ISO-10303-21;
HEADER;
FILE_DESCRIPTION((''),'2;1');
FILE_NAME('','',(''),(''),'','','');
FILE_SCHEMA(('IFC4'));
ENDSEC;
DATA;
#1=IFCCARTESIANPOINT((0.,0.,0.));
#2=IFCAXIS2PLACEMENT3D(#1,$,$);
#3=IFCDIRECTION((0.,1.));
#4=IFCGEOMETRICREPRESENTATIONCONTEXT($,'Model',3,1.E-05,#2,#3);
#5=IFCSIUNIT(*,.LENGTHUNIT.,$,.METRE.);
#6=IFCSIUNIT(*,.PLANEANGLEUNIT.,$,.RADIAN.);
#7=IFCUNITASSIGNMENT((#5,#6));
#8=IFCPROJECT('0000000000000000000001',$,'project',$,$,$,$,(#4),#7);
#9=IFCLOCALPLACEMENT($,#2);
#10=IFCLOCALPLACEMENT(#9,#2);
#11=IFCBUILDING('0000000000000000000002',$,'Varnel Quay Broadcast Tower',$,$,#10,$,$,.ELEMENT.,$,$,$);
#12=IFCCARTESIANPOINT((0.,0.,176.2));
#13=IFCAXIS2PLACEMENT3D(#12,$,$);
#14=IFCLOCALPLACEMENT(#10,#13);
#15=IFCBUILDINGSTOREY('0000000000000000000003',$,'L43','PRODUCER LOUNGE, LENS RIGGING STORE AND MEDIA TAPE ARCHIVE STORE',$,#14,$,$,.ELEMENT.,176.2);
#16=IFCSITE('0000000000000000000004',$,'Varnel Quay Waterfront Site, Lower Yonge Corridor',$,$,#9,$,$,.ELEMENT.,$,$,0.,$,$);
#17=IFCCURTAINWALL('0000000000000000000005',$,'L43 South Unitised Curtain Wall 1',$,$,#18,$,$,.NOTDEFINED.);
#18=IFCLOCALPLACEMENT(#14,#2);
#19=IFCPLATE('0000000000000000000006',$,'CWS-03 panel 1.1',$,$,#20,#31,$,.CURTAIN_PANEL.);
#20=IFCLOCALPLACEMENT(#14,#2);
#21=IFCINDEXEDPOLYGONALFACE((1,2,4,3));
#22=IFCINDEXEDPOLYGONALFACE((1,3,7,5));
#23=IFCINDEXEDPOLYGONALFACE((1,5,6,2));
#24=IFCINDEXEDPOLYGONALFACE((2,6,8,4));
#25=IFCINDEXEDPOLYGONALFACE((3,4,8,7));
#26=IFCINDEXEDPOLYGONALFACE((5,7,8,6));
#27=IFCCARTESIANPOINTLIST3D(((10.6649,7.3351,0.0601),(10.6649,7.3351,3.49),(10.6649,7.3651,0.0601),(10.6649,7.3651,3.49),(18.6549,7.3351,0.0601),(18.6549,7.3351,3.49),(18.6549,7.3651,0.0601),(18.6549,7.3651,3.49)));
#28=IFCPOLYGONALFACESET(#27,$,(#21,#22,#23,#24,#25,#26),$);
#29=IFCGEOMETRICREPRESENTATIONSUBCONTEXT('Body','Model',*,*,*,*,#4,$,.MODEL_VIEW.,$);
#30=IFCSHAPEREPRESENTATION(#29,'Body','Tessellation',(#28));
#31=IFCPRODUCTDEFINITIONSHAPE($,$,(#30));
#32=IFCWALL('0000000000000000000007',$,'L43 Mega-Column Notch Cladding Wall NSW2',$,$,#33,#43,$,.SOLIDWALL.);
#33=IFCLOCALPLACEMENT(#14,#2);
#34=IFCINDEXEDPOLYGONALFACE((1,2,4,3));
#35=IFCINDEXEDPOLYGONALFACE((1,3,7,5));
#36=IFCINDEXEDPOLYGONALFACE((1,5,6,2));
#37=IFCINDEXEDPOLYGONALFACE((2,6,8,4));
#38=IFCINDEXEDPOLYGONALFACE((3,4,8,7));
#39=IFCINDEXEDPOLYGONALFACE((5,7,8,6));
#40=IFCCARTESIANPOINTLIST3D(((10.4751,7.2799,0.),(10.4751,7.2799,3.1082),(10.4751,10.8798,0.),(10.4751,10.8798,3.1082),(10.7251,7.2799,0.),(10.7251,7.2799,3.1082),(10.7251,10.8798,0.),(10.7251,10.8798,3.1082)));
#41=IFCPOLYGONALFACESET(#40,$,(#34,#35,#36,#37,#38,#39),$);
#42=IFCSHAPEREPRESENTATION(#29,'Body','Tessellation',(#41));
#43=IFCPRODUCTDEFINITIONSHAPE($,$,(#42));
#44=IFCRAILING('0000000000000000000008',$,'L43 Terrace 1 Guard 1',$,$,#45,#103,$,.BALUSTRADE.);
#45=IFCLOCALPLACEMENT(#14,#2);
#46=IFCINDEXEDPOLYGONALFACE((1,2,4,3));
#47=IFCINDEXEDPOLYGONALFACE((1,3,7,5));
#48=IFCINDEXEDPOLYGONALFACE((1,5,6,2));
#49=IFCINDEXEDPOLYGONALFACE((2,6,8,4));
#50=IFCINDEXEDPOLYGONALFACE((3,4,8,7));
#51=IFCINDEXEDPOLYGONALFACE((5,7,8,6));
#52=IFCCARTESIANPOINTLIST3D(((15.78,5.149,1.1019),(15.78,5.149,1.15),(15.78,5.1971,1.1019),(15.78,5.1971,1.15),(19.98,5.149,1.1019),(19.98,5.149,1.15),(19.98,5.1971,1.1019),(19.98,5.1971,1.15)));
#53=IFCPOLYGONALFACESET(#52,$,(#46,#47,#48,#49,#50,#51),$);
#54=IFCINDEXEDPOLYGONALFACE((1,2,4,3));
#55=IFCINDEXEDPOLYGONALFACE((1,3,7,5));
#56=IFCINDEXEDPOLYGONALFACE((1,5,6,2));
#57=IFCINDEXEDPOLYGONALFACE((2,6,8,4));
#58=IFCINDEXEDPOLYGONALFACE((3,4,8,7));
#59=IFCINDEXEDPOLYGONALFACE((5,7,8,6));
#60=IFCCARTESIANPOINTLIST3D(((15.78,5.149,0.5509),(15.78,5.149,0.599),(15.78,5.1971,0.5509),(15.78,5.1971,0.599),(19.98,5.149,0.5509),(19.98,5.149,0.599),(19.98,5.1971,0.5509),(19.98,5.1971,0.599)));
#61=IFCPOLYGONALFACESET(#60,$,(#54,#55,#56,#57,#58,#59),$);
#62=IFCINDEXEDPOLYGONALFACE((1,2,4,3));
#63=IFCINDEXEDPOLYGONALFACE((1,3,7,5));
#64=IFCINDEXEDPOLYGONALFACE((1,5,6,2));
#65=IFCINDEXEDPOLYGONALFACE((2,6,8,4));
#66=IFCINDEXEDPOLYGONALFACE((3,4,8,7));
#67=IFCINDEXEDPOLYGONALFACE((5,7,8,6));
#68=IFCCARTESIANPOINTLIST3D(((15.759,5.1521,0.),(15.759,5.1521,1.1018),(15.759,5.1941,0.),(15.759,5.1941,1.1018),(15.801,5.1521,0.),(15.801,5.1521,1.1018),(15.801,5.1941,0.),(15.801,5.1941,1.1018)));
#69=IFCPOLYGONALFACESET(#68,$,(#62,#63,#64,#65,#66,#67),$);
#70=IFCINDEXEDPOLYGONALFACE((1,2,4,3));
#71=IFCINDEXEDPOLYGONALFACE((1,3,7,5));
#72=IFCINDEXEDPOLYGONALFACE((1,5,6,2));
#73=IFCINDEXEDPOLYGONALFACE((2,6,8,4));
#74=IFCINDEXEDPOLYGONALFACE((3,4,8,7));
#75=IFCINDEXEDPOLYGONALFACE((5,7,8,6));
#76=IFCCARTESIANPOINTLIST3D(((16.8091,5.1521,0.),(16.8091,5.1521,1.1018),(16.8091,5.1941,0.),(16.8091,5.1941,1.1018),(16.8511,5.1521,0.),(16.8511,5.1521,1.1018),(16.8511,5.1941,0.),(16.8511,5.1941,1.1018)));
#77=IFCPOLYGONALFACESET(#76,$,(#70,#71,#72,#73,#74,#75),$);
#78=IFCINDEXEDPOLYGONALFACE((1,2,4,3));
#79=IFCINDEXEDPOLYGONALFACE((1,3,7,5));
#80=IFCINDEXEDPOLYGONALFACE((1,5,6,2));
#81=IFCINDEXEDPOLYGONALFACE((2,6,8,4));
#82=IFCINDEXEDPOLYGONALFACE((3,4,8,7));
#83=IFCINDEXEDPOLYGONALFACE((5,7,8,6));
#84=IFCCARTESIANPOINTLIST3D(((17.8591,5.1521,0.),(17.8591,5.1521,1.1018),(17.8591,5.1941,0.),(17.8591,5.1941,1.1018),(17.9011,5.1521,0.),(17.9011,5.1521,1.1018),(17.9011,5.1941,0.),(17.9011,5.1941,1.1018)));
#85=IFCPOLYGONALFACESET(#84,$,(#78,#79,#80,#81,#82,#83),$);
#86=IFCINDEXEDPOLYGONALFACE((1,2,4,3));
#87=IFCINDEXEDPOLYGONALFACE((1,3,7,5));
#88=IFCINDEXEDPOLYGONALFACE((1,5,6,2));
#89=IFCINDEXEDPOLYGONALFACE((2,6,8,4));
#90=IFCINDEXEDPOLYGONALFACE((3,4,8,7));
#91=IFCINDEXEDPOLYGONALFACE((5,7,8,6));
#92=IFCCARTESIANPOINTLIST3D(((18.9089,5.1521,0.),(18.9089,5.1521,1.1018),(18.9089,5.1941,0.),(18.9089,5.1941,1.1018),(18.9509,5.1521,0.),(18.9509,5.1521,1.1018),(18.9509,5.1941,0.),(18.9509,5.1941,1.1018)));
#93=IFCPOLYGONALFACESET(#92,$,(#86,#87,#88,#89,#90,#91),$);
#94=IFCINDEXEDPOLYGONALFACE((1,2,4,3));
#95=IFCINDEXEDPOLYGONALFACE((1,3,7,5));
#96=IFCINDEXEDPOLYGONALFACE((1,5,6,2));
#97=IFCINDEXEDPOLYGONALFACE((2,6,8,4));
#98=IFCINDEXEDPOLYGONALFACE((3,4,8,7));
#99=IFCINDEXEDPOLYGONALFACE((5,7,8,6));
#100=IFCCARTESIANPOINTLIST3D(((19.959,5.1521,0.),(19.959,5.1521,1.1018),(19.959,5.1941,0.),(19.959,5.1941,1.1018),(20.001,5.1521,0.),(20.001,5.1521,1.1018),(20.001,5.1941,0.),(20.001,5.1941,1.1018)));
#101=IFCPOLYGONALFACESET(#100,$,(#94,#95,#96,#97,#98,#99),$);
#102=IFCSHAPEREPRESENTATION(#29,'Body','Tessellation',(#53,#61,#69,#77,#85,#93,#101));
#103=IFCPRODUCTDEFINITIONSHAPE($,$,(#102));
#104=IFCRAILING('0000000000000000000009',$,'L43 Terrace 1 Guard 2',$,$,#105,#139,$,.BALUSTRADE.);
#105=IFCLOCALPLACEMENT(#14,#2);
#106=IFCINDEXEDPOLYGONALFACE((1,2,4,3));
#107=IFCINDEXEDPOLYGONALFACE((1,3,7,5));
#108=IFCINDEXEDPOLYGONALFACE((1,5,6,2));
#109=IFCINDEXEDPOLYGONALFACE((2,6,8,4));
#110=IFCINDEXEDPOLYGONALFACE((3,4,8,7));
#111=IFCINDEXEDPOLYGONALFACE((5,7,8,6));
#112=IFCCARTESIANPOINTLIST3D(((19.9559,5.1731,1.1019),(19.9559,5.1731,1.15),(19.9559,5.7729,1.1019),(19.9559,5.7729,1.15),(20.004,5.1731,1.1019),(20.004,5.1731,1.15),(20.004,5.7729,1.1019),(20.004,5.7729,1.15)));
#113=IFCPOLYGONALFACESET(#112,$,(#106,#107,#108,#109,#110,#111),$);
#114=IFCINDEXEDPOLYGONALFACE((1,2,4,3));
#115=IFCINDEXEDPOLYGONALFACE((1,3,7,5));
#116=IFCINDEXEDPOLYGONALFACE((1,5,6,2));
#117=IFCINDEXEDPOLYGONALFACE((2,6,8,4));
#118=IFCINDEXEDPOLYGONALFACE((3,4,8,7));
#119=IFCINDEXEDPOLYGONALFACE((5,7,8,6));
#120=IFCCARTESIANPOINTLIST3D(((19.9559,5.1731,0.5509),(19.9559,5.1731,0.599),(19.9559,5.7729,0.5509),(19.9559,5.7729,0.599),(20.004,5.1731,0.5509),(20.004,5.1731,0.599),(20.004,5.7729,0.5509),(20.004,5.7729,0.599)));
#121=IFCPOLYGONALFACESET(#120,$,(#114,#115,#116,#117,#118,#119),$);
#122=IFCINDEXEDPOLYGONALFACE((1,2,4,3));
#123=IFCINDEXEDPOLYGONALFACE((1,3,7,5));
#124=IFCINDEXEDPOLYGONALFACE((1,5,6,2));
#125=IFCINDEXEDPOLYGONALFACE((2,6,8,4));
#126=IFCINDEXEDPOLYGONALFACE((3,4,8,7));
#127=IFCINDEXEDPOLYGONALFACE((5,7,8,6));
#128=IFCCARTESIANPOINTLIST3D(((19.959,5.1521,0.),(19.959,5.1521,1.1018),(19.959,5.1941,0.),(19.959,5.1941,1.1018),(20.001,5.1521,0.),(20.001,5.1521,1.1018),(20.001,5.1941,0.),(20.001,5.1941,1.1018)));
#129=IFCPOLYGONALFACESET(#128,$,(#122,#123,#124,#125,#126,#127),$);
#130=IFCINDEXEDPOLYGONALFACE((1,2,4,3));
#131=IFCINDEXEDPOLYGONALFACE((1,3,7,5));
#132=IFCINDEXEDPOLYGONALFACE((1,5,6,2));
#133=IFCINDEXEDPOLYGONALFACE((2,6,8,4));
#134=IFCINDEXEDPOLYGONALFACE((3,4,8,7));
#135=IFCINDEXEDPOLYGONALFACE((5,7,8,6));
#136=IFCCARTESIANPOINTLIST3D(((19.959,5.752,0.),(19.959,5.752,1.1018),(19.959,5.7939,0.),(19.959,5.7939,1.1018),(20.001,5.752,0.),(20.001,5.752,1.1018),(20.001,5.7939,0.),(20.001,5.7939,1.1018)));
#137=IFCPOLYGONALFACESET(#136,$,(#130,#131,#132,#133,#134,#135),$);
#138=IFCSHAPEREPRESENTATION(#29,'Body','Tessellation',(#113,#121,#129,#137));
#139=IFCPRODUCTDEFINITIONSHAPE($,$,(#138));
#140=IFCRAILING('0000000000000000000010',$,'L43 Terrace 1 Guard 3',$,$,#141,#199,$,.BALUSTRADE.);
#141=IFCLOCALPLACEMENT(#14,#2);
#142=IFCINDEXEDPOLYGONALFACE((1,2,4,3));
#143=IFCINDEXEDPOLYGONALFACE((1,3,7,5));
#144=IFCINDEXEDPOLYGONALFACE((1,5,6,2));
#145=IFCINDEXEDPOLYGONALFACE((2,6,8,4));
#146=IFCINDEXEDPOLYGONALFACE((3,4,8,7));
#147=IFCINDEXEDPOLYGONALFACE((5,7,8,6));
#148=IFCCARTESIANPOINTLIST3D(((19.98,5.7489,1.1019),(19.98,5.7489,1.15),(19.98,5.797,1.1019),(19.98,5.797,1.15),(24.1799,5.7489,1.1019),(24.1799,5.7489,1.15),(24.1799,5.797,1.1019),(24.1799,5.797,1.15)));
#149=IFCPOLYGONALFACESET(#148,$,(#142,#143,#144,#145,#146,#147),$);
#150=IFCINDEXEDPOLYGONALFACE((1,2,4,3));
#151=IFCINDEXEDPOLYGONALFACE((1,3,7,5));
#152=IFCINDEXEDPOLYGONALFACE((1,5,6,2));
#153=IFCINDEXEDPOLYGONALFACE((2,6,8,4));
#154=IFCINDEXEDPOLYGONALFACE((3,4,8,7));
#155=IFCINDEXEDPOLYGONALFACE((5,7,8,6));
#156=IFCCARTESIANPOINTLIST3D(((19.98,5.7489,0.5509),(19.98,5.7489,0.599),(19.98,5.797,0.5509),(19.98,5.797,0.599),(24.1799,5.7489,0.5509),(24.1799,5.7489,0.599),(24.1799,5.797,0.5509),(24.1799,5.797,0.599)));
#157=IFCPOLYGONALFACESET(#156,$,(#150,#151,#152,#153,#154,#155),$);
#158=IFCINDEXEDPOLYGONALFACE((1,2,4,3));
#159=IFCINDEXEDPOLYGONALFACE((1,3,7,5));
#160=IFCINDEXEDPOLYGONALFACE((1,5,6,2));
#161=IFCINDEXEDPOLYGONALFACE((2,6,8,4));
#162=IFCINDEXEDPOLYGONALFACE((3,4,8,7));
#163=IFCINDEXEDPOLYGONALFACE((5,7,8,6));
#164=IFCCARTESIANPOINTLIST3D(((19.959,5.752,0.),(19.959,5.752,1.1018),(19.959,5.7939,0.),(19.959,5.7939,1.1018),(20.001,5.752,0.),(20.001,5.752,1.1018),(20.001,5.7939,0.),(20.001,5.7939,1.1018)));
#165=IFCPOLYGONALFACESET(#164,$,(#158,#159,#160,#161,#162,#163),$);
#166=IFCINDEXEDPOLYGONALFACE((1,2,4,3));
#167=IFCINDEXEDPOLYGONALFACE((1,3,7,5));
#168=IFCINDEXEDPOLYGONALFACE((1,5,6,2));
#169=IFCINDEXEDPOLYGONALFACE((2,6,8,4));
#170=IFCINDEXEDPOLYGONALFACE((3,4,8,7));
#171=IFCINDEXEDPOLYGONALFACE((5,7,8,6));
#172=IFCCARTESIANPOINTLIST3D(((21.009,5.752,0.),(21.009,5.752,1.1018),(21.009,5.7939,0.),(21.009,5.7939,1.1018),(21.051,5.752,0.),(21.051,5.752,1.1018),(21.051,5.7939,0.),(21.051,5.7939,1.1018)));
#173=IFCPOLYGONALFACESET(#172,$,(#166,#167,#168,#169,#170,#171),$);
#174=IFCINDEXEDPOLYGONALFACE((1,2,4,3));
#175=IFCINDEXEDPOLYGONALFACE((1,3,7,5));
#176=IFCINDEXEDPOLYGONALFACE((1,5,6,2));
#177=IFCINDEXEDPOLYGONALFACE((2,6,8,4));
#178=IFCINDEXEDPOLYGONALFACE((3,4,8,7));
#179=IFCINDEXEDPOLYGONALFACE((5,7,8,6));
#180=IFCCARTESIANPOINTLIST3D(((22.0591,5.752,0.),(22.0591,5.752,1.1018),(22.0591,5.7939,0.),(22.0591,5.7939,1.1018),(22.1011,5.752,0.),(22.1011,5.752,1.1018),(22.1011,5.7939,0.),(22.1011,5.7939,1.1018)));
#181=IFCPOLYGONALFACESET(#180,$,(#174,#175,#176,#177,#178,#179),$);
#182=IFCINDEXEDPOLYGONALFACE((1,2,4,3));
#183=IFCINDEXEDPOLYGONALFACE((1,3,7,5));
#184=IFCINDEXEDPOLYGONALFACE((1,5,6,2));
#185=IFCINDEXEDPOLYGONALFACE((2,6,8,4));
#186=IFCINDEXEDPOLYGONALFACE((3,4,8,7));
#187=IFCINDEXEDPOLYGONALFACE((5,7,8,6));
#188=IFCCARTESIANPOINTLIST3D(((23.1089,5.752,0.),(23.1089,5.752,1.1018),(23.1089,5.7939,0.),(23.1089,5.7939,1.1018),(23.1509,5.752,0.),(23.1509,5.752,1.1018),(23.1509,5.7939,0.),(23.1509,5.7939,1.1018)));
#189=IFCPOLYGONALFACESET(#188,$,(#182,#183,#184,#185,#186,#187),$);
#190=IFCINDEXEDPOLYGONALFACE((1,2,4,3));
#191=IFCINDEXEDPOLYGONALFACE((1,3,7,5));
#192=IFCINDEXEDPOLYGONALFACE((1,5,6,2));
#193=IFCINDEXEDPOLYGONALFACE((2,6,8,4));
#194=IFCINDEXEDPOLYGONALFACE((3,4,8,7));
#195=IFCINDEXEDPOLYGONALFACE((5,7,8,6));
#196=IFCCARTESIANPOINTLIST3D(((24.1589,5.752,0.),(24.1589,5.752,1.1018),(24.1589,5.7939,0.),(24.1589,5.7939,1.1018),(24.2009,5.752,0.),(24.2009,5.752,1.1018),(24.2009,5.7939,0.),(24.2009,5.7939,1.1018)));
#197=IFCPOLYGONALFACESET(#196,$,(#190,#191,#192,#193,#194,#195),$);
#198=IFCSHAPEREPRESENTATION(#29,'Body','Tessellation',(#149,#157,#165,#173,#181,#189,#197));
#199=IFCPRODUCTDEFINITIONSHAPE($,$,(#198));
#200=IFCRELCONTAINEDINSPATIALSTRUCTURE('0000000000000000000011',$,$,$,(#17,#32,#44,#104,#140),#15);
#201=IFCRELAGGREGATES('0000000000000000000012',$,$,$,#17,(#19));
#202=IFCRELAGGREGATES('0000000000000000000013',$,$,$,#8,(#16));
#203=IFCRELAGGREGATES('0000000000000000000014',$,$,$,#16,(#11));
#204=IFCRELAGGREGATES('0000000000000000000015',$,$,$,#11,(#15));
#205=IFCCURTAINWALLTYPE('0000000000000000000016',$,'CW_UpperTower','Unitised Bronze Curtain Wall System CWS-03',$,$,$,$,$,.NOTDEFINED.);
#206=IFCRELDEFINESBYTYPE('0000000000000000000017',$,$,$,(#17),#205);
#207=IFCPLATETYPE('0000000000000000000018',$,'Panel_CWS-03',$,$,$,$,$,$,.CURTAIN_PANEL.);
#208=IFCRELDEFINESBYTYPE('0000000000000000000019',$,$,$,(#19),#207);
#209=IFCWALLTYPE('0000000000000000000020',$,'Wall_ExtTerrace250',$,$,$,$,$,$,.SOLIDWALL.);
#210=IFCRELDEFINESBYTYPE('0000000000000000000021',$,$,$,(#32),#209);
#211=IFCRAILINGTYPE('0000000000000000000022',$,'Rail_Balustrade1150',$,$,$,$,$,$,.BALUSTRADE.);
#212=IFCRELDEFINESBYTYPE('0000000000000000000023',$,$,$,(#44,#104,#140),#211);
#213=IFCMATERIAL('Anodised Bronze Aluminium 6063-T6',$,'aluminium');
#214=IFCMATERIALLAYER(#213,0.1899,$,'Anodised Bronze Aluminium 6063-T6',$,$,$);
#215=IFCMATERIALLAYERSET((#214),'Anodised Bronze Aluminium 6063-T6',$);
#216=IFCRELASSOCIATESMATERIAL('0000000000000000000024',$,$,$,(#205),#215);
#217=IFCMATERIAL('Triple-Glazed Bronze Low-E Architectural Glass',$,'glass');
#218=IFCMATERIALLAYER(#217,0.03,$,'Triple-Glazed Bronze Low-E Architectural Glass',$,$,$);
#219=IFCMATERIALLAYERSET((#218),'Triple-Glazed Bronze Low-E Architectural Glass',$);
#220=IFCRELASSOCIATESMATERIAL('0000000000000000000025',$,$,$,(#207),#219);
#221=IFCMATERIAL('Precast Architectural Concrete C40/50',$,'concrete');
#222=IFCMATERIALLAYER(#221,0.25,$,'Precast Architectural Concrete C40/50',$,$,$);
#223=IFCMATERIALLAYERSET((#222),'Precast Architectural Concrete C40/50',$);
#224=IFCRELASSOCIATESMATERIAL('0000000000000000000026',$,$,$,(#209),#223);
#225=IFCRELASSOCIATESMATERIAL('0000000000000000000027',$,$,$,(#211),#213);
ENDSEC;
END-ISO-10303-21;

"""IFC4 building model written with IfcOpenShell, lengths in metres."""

from ifc_helpers import new_model, si_unit, direction, frame, frame_2d, origin, origin_2d, place, context, subcontext, project, spatial, rectangle, extrude, source, transform, mapped, material, layer, layer_set, type_object, type_shapes, element, aggregate, save


model = new_model("IFC4")

# Units and contexts
model_context = context("Model", 3, precision=1e-05, world=origin(), true_north=direction((0.0, 1.0)))
body_context = subcontext(model_context, "Body", "Model", "MODEL_VIEW")
ifc_project = project(units=[si_unit("LENGTHUNIT", "METRE"), si_unit("PLANEANGLEUNIT", "RADIAN")], contexts=[model_context])

# Site, building, storey
site_placement = place(None, origin())
site = spatial("IfcSite", under=ifc_project, at=site_placement, Name="Varnel Quay Waterfront Site, Lower Yonge Corridor", CompositionType="ELEMENT", RefElevation=0.0)
building_placement = place(site_placement, origin())
building = spatial("IfcBuilding", under=site, at=building_placement, Name="Varnel Quay Broadcast Tower", CompositionType="ELEMENT")
storey_placement = place(building_placement, frame((0.0, 0.0, 176.2)))
storey = spatial("IfcBuildingStorey", under=building, at=storey_placement, Name="L43", Description="PRODUCER LOUNGE, LENS RIGGING STORE AND MEDIA TAPE ARCHIVE STORE", CompositionType="ELEMENT", Elevation=176.2)

# Shared definitions
ifc_material_1 = material(Name="Anodised Bronze Aluminium 6063-T6", Category="aluminium")

# Curtain wall
ifc_layer_1 = layer(ifc_material_1, 0.1899, Name="Anodised Bronze Aluminium 6063-T6")
ifc_layer_set_1 = layer_set([ifc_layer_1], Name="Anodised Bronze Aluminium 6063-T6")
curtain_wall_type_1 = type_object("IfcCurtainWallType", Name="CW_UpperTower", Description="Unitised Bronze Curtain Wall System CWS-03", PredefinedType="NOTDEFINED", material=ifc_layer_set_1)
curtain_wall_1_placement = place(storey_placement, origin())
curtain_wall_1 = element("IfcCurtainWall", 1, at=curtain_wall_1_placement, inside=storey, type_object=curtain_wall_type_1, Name="L43 South Unitised Curtain Wall 1", PredefinedType="NOTDEFINED")

# Plate
ifc_material_2 = material(Name="Triple-Glazed Bronze Low-E Architectural Glass", Category="glass")
ifc_layer_2 = layer(ifc_material_2, 0.03, Name="Triple-Glazed Bronze Low-E Architectural Glass")
ifc_layer_set_2 = layer_set([ifc_layer_2], Name="Triple-Glazed Bronze Low-E Architectural Glass")
plate_type_1 = type_object("IfcPlateType", Name="Panel_CWS-03", PredefinedType="CURTAIN_PANEL", material=ifc_layer_set_2)
shared_shape_1 = source(origin(), body_context, "Body", "SweptSolid", [
    extrude(rectangle(XDim=7.99, YDim=0.03, at=origin_2d()), origin(), (0.0, 0.0, 1.0), 3.4299),
])
type_shapes(plate_type_1, [shared_shape_1])
plate_1_placement = place(storey_placement, frame((14.6599, 7.3501, 0.0601), z_axis=(0.0, 0.0, 1.0), x_axis=(1.0, 0.0, 0.0)))
plate_1 = element("IfcPlate", 2, at=plate_1_placement, type_object=plate_type_1, Name="CWS-03 panel 1.1", PredefinedType="CURTAIN_PANEL", context=body_context, shape_type="MappedRepresentation", body=[
    mapped(shared_shape_1, transform((0.0, 0.0, 0.0), x_axis=(1.0, 0.0, 0.0), y_axis=(0.0, 1.0, 0.0), z_axis=(0.0, 0.0, 1.0), scale=1.0)),
])
aggregate(curtain_wall_1, [plate_1])

# Shared definitions
ifc_material_3 = material(Name="Precast Architectural Concrete C40/50", Category="concrete")
ifc_layer_3 = layer(ifc_material_3, 0.25, Name="Precast Architectural Concrete C40/50")
ifc_layer_set_3 = layer_set([ifc_layer_3], Name="Precast Architectural Concrete C40/50")
wall_type = type_object("IfcWallType", Name="Wall_ExtTerrace250", PredefinedType="SOLIDWALL", material=ifc_layer_set_3)

# Wall
wall_1_placement = place(storey_placement, frame((10.6001, 7.28, 0.0), z_axis=(0.0, 0.0, 1.0), x_axis=(0.0, 1.0, 0.0)))
element("IfcWall", 3, at=wall_1_placement, inside=storey, type_object=wall_type, Name="L43 Mega-Column Notch Cladding Wall NSW2", PredefinedType="SOLIDWALL", context=body_context, shape_type="SweptSolid", body=[
    extrude(rectangle(XDim=3.5999, YDim=0.25, at=frame_2d((1.7998, 0.0))), origin(), (0.0, 0.0, 1.0), 3.1082),
])

# Railings
railing_type = type_object("IfcRailingType", Name="Rail_Balustrade1150", PredefinedType="BALUSTRADE", material=ifc_material_1)
railing_1_placement = place(storey_placement, frame((15.78, 5.1731, 0.0)))
element("IfcRailing", 4, at=railing_1_placement, inside=storey, type_object=railing_type, Name="L43 Terrace 1 Guard 1", PredefinedType="BALUSTRADE", context=body_context, shape_type="SweptSolid", body=[
    extrude(rectangle(XDim=0.0481, YDim=0.0481, at=origin_2d()), frame((0.0, 0.0, 1.126), z_axis=(1.0, 0.0, 0.0), x_axis=(0.0, 1.0, 0.0)), (0.0, 0.0, 1.0), 4.2),
    extrude(rectangle(XDim=0.0481, YDim=0.0481, at=origin_2d()), frame((0.0, 0.0, 0.575), z_axis=(1.0, 0.0, 0.0), x_axis=(0.0, 1.0, 0.0)), (0.0, 0.0, 1.0), 4.2),
    extrude(rectangle(XDim=0.042, YDim=0.042, at=origin_2d()), origin(), (0.0, 0.0, 1.0), 1.1018),
    extrude(rectangle(XDim=0.042, YDim=0.042, at=origin_2d()), frame((1.05, 0.0, 0.0)), (0.0, 0.0, 1.0), 1.1018),
    extrude(rectangle(XDim=0.042, YDim=0.042, at=origin_2d()), frame((2.1001, 0.0, 0.0)), (0.0, 0.0, 1.0), 1.1018),
    extrude(rectangle(XDim=0.042, YDim=0.042, at=origin_2d()), frame((3.1499, 0.0, 0.0)), (0.0, 0.0, 1.0), 1.1018),
    extrude(rectangle(XDim=0.042, YDim=0.042, at=origin_2d()), frame((4.2, 0.0, 0.0)), (0.0, 0.0, 1.0), 1.1018),
])
railing_2_placement = place(storey_placement, frame((19.98, 5.1731, 0.0)))
element("IfcRailing", 5, at=railing_2_placement, inside=storey, type_object=railing_type, Name="L43 Terrace 1 Guard 2", PredefinedType="BALUSTRADE", context=body_context, shape_type="SweptSolid", body=[
    extrude(rectangle(XDim=0.0481, YDim=0.0481, at=origin_2d()), frame((0.0, 0.0, 1.126), z_axis=(0.0, 1.0, 0.0), x_axis=(-1.0, 0.0, 0.0)), (0.0, 0.0, 1.0), 0.5999),
    extrude(rectangle(XDim=0.0481, YDim=0.0481, at=origin_2d()), frame((0.0, 0.0, 0.575), z_axis=(0.0, 1.0, 0.0), x_axis=(-1.0, 0.0, 0.0)), (0.0, 0.0, 1.0), 0.5999),
    extrude(rectangle(XDim=0.042, YDim=0.042, at=origin_2d()), origin(), (0.0, 0.0, 1.0), 1.1018),
    extrude(rectangle(XDim=0.042, YDim=0.042, at=origin_2d()), frame((0.0, 0.5999, 0.0)), (0.0, 0.0, 1.0), 1.1018),
])
railing_3_placement = place(storey_placement, frame((19.98, 5.7729, 0.0)))
element("IfcRailing", 6, at=railing_3_placement, inside=storey, type_object=railing_type, Name="L43 Terrace 1 Guard 3", PredefinedType="BALUSTRADE", context=body_context, shape_type="SweptSolid", body=[
    extrude(rectangle(XDim=0.0481, YDim=0.0481, at=origin_2d()), frame((0.0, 0.0, 1.126), z_axis=(1.0, 0.0, 0.0), x_axis=(0.0, 1.0, 0.0)), (0.0, 0.0, 1.0), 4.2),
    extrude(rectangle(XDim=0.0481, YDim=0.0481, at=origin_2d()), frame((0.0, 0.0, 0.575), z_axis=(1.0, 0.0, 0.0), x_axis=(0.0, 1.0, 0.0)), (0.0, 0.0, 1.0), 4.2),
    extrude(rectangle(XDim=0.042, YDim=0.042, at=origin_2d()), origin(), (0.0, 0.0, 1.0), 1.1018),
    extrude(rectangle(XDim=0.042, YDim=0.042, at=origin_2d()), frame((1.05, 0.0, 0.0)), (0.0, 0.0, 1.0), 1.1018),
    extrude(rectangle(XDim=0.042, YDim=0.042, at=origin_2d()), frame((2.1001, 0.0, 0.0)), (0.0, 0.0, 1.0), 1.1018),
    extrude(rectangle(XDim=0.042, YDim=0.042, at=origin_2d()), frame((3.1499, 0.0, 0.0)), (0.0, 0.0, 1.0), 1.1018),
    extrude(rectangle(XDim=0.042, YDim=0.042, at=origin_2d()), frame((4.2, 0.0, 0.0)), (0.0, 0.0, 1.0), 1.1018),
])

save(model, "model.ifc")
